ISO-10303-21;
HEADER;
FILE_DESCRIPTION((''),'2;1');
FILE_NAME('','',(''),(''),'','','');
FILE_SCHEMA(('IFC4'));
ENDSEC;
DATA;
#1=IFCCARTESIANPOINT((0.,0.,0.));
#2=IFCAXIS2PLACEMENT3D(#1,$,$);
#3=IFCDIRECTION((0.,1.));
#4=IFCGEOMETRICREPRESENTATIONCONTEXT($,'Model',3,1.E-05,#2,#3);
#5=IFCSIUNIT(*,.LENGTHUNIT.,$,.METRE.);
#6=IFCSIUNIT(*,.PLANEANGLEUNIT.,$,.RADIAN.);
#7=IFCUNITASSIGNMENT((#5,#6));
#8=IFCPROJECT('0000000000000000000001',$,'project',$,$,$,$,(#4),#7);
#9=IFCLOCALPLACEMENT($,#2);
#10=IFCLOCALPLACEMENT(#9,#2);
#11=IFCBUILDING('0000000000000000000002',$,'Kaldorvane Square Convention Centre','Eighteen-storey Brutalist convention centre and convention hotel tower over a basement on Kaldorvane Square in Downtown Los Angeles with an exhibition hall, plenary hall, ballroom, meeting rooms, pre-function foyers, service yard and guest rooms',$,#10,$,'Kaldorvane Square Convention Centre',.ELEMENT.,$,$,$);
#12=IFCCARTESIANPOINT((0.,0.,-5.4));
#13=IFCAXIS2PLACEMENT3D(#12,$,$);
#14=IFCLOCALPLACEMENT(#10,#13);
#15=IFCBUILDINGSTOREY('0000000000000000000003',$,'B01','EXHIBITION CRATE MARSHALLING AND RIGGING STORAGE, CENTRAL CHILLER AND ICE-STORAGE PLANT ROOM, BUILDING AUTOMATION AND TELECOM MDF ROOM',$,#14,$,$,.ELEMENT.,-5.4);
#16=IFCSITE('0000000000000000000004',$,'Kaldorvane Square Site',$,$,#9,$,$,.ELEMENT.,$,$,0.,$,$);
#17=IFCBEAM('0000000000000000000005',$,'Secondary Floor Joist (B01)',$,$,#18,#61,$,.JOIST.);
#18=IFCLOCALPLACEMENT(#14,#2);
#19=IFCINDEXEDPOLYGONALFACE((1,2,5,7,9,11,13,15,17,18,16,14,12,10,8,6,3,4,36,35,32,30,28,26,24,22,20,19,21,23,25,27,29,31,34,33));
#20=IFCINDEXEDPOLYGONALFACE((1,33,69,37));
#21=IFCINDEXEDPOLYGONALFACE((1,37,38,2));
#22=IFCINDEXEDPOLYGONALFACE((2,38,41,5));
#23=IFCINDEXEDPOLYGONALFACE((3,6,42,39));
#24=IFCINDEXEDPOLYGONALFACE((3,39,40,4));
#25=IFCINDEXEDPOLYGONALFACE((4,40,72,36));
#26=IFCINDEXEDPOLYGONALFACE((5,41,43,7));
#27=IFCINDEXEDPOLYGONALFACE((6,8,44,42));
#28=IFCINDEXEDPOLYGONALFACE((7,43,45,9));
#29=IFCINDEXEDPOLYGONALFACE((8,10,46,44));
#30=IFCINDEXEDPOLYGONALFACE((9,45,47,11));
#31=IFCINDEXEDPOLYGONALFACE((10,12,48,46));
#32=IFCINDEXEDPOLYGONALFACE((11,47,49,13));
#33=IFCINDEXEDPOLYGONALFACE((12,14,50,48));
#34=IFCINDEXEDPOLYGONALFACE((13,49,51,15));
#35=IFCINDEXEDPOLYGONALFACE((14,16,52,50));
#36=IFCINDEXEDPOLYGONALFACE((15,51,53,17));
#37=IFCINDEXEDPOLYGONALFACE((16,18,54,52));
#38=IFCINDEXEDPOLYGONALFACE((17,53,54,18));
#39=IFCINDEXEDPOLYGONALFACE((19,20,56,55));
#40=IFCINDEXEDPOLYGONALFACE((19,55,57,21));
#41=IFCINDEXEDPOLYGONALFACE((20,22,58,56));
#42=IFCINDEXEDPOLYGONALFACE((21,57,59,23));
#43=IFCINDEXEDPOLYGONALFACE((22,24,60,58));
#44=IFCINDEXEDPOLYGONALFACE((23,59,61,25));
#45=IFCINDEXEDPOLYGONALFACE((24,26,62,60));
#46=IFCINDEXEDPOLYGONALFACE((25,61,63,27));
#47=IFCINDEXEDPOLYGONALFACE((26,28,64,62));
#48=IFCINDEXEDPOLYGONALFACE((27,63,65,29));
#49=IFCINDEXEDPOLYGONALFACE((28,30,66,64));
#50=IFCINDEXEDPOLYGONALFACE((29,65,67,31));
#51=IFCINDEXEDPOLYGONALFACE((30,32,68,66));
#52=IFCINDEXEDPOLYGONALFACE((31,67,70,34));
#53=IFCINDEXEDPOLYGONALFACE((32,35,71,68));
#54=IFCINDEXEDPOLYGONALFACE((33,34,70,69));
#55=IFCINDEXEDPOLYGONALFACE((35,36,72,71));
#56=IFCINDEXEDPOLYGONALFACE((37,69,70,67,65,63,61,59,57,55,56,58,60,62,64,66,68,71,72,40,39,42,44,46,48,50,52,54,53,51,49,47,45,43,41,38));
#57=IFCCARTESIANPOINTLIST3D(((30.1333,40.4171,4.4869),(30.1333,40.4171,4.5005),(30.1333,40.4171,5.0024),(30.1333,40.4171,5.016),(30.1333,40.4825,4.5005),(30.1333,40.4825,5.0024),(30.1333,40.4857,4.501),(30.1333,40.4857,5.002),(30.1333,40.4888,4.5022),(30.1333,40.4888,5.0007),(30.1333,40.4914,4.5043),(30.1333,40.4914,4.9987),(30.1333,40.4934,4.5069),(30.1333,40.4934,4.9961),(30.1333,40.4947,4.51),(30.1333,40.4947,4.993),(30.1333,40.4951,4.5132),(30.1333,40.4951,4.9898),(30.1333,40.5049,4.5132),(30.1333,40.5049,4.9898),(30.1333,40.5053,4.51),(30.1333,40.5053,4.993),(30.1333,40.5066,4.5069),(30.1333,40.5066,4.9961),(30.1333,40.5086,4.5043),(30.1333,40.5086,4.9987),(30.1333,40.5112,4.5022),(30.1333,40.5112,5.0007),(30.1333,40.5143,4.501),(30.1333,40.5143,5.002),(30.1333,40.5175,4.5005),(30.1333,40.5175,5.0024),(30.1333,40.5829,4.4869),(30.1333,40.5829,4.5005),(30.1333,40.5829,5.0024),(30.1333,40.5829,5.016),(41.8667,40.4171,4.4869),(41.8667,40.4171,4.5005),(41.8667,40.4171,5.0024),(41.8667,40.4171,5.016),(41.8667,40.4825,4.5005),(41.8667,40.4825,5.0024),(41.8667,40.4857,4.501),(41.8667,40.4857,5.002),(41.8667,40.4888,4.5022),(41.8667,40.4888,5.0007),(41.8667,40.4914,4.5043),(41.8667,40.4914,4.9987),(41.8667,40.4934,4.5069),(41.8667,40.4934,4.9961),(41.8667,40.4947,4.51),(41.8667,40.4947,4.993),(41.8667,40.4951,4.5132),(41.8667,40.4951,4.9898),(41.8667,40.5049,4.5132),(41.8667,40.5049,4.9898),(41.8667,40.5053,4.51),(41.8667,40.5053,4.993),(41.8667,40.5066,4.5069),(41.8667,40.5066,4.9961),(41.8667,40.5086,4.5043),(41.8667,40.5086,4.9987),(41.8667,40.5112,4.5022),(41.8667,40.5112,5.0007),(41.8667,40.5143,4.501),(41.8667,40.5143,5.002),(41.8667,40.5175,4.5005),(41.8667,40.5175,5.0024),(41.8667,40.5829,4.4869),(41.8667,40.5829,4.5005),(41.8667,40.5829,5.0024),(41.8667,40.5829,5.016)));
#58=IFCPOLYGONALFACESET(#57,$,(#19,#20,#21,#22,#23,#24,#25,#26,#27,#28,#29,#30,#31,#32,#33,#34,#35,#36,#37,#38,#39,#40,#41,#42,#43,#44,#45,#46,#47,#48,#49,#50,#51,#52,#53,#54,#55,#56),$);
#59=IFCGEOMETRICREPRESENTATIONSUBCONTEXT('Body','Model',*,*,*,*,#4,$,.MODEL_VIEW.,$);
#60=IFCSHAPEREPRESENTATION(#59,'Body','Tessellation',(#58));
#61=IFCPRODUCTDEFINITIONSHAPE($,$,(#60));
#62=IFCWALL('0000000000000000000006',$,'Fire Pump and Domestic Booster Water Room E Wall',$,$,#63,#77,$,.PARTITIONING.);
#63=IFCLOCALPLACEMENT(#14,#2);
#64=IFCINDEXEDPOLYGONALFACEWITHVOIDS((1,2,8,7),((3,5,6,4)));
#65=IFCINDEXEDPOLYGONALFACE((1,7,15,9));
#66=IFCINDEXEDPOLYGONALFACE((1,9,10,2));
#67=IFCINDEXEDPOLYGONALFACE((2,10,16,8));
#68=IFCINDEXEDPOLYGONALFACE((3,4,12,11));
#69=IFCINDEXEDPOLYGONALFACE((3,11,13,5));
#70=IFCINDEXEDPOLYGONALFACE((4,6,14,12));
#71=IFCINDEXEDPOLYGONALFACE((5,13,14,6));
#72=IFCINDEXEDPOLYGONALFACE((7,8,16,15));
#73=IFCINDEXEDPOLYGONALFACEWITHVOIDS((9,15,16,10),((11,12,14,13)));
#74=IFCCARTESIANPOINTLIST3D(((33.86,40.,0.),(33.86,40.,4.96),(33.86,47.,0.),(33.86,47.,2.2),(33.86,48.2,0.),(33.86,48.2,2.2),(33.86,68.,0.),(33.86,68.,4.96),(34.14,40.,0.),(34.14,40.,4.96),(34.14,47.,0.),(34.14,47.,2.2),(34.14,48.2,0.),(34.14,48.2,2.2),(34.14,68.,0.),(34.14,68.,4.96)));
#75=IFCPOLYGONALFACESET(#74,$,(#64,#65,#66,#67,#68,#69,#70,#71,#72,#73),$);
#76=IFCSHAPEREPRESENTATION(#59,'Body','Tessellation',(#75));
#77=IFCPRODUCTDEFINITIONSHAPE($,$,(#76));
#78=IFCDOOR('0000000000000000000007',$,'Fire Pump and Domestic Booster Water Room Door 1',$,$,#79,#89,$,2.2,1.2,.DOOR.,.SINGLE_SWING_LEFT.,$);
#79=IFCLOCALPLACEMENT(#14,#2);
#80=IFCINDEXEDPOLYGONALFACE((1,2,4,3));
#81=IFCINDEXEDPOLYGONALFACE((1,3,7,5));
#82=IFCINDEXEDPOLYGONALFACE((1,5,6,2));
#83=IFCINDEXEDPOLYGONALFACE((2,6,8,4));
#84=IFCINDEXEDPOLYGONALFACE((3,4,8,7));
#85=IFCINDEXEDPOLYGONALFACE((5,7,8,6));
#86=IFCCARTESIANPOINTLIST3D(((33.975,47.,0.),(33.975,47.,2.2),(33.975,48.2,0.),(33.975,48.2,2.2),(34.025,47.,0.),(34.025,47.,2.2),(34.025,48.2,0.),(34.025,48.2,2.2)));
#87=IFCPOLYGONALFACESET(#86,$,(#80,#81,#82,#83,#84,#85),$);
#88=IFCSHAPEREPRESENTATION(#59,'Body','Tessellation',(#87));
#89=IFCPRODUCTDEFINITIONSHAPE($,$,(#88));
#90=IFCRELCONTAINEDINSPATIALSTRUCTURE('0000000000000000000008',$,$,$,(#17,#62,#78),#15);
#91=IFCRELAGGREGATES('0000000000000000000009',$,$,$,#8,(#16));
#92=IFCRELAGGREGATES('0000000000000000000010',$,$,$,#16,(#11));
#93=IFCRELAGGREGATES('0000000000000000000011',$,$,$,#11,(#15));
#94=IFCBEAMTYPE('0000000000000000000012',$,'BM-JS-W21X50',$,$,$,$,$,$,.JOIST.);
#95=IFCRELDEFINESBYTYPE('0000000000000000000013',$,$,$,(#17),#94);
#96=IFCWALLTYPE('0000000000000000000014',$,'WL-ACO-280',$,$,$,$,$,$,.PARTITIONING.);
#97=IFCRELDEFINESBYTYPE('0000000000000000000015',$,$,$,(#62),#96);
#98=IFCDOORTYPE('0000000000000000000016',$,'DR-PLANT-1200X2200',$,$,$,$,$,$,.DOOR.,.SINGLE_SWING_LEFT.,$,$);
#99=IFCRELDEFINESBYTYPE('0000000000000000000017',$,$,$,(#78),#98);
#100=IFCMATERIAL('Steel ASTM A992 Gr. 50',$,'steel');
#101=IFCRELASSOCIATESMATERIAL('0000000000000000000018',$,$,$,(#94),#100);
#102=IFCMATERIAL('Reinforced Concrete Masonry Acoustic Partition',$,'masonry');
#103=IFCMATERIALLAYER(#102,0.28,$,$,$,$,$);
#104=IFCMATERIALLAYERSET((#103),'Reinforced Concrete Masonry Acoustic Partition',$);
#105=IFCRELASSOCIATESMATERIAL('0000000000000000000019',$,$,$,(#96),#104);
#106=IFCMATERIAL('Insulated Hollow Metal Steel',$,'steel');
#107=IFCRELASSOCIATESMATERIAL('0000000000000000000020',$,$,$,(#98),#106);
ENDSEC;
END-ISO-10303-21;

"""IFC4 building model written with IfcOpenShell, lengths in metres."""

from ifc_helpers import new_model, si_unit, direction, frame, frame_2d, origin, origin_2d, place, context, subcontext, project, spatial, rectangle, i_section, extrude, material, layer, layer_set, material_profile, profile_set, type_object, element, fill, save


model = new_model("IFC4")

# Units and contexts
model_context = context("Model", 3, precision=1e-05, world=origin(), true_north=direction((0.0, 1.0)))
body_context = subcontext(model_context, "Body", "Model", "MODEL_VIEW")
ifc_project = project(units=[si_unit("LENGTHUNIT", "METRE"), si_unit("PLANEANGLEUNIT", "RADIAN")], contexts=[model_context])

# Site, building, storey
site_placement = place(None, origin())
site = spatial("IfcSite", under=ifc_project, at=site_placement, Name="Kaldorvane Square Site", CompositionType="ELEMENT", RefElevation=0.0)
building_placement = place(site_placement, origin())
building = spatial("IfcBuilding", under=site, at=building_placement, Name="Kaldorvane Square Convention Centre", Description="Eighteen-storey Brutalist convention centre and convention hotel tower over a basement on Kaldorvane Square in Downtown Los Angeles with an exhibition hall, plenary hall, ballroom, meeting rooms, pre-function foyers, service yard and guest rooms", LongName="Kaldorvane Square Convention Centre", CompositionType="ELEMENT")
storey_placement = place(building_placement, frame((0.0, 0.0, -5.4)))
storey = spatial("IfcBuildingStorey", under=building, at=storey_placement, Name="B01", Description="EXHIBITION CRATE MARSHALLING AND RIGGING STORAGE, CENTRAL CHILLER AND ICE-STORAGE PLANT ROOM, BUILDING AUTOMATION AND TELECOM MDF ROOM", CompositionType="ELEMENT", Elevation=-5.4)

# Shared definitions
ifc_material_1 = material(Name="Steel ASTM A992 Gr. 50", Category="steel")

# Beam
ifc_material_profile_1 = material_profile(ifc_material_1, i_section(OverallWidth=0.1659, OverallDepth=0.5291, WebThickness=0.0097, FlangeThickness=0.0136, FilletRadius=0.0127, at=origin_2d()), Name="W21X50")
ifc_profile_set_1 = profile_set([ifc_material_profile_1], Name="Steel ASTM A992 Gr. 50")
beam_type_1 = type_object("IfcBeamType", Name="BM-JS-W21X50", PredefinedType="JOIST", material=ifc_profile_set_1)
for number, where, z_axis, x_axis, name in (
    (1, (30.1333, 40.5, 4.7515), (1.0, 0.0, 0.0), (0.0, 1.0, 0.0), "Secondary Floor Joist (B01)"),
):
    element("IfcBeam", number, at=place(storey_placement, frame(where, z_axis=z_axis, x_axis=x_axis)), inside=storey, type_object=beam_type_1, Name=name, PredefinedType="JOIST", context=body_context, shape_type="SweptSolid", body=[
        extrude(i_section(OverallWidth=0.1659, OverallDepth=0.5291, WebThickness=0.0097, FlangeThickness=0.0136, FilletRadius=0.0127, at=origin_2d()), origin(), (0.0, 0.0, 1.0), 11.7334),
    ])

# Wall, opening, door
ifc_material_2 = material(Name="Reinforced Concrete Masonry Acoustic Partition", Category="masonry")
ifc_layer = layer(ifc_material_2, 0.28)
ifc_layer_set = layer_set([ifc_layer], Name="Reinforced Concrete Masonry Acoustic Partition")
wall_type = type_object("IfcWallType", Name="WL-ACO-280", PredefinedType="PARTITIONING", material=ifc_layer_set)
wall_placement = place(storey_placement, frame((34.0, 40.0, 0.0), z_axis=(0.0, 0.0, 1.0), x_axis=(0.0, 1.0, 0.0)))
wall = element("IfcWall", 2, at=wall_placement, inside=storey, type_object=wall_type, Name="Fire Pump and Domestic Booster Water Room E Wall", PredefinedType="PARTITIONING", context=body_context, shape_type="SweptSolid", body=[
    extrude(rectangle(XDim=28.0, YDim=0.28, at=frame_2d((14.0, 0.0))), origin(), (0.0, 0.0, 1.0), 4.96),
])
opening_placement = place(wall_placement, frame((7.0, 0.0, 0.0)))
opening = element("IfcOpeningElement", 3, at=opening_placement, cuts=wall, PredefinedType="OPENING", context=body_context, shape_type="SweptSolid", body=[
    extrude(rectangle(XDim=1.2, YDim=2.2, at=frame_2d((0.6, 1.1))), frame((0.0, 0.155, 0.0), z_axis=(0.0, -1.0, 0.0), x_axis=(1.0, 0.0, 0.0)), (0.0, 0.0, 1.0), 0.31),
])
ifc_material_3 = material(Name="Insulated Hollow Metal Steel", Category="steel")
door_type = type_object("IfcDoorType", Name="DR-PLANT-1200X2200", OperationType="SINGLE_SWING_LEFT", PredefinedType="DOOR", material=ifc_material_3)
door_placement = place(opening_placement, origin())
door = element("IfcDoor", 4, at=door_placement, inside=storey, type_object=door_type, Name="Fire Pump and Domestic Booster Water Room Door 1", OperationType="SINGLE_SWING_LEFT", OverallHeight=2.2, OverallWidth=1.2, PredefinedType="DOOR", context=body_context, shape_type="SweptSolid", body=[
    extrude(rectangle(XDim=1.2, YDim=2.2, at=frame_2d((0.6, 1.1))), frame((0.0, 0.025, 0.0), z_axis=(0.0, -1.0, 0.0), x_axis=(1.0, 0.0, 0.0)), (0.0, 0.0, 1.0), 0.05),
])
fill(opening, door)

save(model, "model.ifc")
